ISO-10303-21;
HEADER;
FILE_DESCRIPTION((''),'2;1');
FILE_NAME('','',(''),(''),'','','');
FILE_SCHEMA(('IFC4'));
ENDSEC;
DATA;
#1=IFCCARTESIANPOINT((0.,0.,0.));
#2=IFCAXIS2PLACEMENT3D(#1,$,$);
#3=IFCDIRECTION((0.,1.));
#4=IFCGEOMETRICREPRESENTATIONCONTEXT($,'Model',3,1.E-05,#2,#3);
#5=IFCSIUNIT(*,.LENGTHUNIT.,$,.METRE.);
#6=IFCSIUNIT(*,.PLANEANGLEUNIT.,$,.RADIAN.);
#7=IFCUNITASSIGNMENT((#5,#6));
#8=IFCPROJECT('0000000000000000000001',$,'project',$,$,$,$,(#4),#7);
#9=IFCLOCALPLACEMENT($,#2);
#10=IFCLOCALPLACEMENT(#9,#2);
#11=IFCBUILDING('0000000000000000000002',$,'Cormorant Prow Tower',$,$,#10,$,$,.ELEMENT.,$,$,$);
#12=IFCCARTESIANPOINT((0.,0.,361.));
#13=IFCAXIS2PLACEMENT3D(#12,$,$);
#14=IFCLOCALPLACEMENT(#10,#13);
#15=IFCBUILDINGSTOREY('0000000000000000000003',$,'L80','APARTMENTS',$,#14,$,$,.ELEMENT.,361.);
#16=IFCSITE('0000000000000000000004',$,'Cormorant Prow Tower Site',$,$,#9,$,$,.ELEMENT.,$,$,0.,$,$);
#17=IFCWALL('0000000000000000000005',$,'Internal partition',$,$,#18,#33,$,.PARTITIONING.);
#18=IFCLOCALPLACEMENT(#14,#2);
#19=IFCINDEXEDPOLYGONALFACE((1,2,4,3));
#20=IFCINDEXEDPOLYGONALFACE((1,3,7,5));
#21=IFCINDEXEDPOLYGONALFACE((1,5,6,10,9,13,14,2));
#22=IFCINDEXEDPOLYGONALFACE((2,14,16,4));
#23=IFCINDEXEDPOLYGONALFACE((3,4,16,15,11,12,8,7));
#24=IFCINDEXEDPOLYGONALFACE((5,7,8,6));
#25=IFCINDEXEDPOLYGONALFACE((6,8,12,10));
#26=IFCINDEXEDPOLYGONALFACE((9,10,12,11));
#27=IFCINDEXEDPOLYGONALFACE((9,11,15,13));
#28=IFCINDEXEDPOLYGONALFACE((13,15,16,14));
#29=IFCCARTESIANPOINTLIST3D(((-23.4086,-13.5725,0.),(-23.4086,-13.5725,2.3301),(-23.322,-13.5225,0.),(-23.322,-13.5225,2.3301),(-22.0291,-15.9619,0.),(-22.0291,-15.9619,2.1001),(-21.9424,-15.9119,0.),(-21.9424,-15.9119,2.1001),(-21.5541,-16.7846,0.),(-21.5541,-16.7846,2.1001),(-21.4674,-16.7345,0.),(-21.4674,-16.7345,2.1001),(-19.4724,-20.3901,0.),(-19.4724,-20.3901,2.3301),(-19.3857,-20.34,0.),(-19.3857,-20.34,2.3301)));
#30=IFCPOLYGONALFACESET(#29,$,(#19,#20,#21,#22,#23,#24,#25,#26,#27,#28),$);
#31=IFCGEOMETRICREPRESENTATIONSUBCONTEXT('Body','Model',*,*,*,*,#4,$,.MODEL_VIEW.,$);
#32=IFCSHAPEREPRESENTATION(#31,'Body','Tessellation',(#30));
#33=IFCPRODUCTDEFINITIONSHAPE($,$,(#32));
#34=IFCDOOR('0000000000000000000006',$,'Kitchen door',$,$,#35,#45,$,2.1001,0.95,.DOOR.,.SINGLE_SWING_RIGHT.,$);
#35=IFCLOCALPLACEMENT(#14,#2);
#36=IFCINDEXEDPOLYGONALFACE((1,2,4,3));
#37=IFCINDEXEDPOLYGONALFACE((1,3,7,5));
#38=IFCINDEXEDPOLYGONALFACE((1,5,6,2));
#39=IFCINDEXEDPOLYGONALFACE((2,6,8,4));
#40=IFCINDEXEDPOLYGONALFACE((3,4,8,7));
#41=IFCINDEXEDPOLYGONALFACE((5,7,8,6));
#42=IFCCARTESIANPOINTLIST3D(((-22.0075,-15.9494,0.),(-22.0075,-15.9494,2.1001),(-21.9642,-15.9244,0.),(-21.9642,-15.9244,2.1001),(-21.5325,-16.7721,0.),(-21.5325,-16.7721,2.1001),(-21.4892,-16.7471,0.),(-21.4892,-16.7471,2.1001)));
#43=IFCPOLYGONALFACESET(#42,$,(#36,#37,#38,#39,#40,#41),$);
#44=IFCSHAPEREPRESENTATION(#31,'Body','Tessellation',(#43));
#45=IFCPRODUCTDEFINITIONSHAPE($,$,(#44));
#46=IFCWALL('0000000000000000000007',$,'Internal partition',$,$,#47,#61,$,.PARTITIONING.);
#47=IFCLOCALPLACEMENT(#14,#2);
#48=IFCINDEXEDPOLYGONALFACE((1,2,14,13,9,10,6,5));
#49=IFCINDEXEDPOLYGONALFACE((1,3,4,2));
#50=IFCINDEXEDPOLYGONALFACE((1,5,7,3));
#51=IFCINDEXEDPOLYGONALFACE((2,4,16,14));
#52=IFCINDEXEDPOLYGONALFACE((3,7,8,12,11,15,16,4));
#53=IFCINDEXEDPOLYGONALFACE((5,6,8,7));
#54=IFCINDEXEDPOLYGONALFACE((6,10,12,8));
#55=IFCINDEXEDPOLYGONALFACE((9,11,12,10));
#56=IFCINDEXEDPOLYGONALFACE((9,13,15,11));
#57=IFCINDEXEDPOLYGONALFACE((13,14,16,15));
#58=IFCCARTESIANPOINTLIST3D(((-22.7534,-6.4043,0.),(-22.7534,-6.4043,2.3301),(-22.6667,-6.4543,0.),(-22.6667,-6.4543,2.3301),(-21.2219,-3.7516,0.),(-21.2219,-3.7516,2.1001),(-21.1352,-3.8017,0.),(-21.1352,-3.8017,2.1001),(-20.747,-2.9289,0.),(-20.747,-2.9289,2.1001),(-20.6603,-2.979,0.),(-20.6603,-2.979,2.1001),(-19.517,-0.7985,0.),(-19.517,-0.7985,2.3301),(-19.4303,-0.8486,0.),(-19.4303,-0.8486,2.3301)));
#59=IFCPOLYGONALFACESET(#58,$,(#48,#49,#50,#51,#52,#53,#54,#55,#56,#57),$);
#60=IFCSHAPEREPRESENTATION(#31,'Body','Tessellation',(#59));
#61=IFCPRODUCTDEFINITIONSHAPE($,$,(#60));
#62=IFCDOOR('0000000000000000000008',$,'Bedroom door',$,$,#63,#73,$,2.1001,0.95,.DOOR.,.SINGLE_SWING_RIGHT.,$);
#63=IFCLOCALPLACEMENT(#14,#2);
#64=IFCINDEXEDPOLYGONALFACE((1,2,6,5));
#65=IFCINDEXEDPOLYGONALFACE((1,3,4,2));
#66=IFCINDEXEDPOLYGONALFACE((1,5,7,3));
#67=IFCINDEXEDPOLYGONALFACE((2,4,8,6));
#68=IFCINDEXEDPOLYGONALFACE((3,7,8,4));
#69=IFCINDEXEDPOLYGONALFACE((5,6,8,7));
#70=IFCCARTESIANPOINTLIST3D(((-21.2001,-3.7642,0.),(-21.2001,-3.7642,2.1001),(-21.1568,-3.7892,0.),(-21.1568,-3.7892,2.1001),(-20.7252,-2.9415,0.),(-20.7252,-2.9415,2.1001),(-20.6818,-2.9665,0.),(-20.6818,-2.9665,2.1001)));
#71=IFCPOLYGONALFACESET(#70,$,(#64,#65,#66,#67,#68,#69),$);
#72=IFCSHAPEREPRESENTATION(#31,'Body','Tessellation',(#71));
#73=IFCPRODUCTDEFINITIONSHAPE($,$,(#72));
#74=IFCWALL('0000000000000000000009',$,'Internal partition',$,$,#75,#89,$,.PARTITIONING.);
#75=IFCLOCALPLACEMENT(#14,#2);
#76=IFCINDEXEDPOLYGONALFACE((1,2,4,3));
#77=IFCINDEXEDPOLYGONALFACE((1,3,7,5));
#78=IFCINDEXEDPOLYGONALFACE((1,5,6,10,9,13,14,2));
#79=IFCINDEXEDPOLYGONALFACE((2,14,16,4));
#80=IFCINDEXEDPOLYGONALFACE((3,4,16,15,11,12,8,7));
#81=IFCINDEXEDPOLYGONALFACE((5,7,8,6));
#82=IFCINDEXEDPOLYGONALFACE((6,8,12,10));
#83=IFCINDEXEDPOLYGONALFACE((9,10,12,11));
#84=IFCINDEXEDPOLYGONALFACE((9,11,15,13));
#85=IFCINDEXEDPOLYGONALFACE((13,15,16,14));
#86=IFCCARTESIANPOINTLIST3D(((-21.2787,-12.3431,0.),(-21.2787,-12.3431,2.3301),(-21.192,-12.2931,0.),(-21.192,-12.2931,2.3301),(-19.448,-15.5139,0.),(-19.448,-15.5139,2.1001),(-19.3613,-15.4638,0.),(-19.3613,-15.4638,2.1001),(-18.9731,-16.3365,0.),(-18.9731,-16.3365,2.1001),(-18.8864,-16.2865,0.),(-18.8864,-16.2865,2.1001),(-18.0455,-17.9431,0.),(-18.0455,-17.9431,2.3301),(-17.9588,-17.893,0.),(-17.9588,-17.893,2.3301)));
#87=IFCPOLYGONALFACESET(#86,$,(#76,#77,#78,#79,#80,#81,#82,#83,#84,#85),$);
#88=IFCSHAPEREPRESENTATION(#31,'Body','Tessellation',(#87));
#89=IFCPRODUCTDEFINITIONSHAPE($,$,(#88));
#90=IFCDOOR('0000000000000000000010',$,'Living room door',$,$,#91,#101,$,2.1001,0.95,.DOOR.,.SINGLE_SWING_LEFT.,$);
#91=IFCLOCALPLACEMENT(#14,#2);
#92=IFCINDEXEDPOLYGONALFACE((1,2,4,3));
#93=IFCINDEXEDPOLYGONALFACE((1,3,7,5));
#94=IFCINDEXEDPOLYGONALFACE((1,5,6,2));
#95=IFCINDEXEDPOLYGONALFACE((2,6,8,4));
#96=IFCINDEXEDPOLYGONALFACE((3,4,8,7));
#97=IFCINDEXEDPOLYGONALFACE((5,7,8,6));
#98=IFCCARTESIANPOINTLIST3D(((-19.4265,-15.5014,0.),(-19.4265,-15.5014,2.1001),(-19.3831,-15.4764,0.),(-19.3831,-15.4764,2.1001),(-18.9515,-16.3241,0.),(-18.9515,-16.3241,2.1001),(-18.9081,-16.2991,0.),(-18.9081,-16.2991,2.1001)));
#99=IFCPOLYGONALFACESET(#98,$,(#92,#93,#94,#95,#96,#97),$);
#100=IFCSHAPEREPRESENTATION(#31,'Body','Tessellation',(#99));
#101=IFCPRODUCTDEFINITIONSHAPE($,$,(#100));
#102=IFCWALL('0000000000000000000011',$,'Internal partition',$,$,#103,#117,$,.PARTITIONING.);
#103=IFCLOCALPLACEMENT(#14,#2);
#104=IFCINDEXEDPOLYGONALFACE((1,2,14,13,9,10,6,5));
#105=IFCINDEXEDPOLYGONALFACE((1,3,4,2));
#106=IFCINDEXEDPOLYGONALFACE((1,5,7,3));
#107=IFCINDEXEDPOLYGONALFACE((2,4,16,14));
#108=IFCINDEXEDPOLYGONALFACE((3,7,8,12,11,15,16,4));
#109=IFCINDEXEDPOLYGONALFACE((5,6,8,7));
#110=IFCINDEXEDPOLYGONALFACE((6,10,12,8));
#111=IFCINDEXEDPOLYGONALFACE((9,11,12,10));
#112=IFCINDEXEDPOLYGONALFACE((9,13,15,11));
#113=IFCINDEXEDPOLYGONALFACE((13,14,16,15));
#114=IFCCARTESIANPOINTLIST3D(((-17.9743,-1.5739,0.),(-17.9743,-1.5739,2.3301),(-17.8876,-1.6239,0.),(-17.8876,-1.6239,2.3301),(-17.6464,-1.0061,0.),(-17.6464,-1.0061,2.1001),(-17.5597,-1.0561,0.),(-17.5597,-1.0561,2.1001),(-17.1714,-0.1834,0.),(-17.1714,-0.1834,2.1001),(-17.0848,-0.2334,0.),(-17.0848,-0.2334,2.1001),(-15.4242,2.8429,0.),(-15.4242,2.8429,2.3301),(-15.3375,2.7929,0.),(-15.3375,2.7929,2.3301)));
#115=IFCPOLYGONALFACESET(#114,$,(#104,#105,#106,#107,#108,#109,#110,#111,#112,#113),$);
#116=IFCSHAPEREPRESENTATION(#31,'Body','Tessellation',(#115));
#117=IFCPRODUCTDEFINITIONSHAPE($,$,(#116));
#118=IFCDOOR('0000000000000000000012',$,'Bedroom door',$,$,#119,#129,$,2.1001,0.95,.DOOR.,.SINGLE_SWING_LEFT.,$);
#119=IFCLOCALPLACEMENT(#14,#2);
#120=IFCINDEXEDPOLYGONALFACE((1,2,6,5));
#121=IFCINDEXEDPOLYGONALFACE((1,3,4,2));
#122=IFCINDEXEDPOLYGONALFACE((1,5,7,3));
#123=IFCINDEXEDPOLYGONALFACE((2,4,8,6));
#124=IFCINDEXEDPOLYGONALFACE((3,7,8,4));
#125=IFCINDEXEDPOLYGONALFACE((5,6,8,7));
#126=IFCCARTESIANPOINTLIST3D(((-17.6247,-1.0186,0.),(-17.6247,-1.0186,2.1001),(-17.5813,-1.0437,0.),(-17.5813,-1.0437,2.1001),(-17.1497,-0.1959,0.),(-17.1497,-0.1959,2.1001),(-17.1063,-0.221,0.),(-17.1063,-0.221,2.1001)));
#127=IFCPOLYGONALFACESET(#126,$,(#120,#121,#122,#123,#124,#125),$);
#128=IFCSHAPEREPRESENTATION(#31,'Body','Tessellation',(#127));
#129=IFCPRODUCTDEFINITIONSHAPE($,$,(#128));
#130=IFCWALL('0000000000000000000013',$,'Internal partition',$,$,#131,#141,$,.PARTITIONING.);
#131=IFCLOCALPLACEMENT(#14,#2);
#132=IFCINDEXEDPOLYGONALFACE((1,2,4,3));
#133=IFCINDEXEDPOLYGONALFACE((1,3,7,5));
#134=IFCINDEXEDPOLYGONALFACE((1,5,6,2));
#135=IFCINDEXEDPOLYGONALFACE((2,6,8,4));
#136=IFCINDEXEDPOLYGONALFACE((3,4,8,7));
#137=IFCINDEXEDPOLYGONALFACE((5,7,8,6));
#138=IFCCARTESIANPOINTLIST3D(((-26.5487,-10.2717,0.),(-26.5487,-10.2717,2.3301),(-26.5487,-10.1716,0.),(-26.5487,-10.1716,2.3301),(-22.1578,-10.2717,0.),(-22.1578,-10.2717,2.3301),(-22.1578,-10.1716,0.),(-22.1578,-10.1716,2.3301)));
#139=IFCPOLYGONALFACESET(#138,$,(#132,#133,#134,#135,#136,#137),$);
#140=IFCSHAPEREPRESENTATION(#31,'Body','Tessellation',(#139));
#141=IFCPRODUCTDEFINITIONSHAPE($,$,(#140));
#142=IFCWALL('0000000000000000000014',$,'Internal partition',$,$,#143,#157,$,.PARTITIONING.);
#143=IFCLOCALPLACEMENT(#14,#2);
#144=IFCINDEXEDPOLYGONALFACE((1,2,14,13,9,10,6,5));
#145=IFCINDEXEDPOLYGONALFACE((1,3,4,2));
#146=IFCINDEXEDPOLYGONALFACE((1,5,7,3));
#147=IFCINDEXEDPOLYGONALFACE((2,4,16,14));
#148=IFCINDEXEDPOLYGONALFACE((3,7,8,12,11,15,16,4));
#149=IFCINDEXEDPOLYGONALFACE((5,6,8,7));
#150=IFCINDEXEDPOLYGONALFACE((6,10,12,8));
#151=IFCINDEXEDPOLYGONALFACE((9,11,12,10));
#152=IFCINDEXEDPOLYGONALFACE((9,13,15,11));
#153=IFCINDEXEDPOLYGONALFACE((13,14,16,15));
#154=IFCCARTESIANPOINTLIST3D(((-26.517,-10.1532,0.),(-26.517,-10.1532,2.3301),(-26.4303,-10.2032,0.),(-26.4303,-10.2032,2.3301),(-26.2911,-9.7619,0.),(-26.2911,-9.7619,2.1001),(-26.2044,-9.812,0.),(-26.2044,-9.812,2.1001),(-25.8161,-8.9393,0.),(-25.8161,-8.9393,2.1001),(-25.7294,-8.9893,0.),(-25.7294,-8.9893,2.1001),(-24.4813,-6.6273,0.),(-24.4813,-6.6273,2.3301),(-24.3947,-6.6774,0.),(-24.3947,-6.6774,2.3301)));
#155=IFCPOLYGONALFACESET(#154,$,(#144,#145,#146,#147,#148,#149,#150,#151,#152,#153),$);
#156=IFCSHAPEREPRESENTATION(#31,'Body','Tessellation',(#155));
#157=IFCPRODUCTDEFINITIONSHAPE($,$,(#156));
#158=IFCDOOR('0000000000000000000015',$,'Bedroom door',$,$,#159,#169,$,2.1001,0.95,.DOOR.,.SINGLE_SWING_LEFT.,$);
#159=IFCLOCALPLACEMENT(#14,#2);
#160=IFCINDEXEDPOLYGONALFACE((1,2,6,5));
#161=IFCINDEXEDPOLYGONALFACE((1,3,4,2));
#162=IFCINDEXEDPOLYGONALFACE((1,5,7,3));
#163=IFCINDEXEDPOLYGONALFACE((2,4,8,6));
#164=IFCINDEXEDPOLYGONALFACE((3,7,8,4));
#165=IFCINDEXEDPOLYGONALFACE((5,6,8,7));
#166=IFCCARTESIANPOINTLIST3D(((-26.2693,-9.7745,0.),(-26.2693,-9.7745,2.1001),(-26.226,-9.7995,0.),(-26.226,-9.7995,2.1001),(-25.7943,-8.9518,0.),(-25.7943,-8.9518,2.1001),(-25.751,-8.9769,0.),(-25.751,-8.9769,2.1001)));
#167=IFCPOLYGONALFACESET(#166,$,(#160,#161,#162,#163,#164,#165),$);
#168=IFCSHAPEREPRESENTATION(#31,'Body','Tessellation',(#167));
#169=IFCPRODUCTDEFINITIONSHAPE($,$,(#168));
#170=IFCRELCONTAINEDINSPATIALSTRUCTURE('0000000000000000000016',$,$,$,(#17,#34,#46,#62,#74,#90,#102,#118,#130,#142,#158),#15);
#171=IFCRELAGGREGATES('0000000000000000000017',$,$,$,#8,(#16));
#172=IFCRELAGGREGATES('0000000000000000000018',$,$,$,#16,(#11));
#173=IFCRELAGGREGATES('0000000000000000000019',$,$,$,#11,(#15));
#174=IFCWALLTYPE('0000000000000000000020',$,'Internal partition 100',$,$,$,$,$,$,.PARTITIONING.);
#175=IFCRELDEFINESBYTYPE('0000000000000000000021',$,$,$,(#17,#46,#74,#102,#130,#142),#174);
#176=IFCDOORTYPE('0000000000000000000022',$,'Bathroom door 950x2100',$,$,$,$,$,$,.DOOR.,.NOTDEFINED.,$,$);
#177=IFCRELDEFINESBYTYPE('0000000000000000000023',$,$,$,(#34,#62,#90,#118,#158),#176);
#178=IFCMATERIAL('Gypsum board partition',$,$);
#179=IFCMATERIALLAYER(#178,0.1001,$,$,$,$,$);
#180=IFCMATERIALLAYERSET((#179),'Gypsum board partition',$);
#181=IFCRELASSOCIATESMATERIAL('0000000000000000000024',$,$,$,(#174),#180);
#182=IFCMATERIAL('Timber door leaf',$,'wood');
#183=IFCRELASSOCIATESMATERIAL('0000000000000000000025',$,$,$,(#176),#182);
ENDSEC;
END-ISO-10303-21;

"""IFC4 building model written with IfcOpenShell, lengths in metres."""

from ifc_helpers import new_model, si_unit, direction, frame, frame_2d, origin, place, context, subcontext, project, spatial, rectangle, extrude, material, layer, layer_set, type_object, element, fill, save


model = new_model("IFC4")

# Units and contexts
model_context = context("Model", 3, precision=1e-05, world=origin(), true_north=direction((0.0, 1.0)))
body_context = subcontext(model_context, "Body", "Model", "MODEL_VIEW")
ifc_project = project(units=[si_unit("LENGTHUNIT", "METRE"), si_unit("PLANEANGLEUNIT", "RADIAN")], contexts=[model_context])

# Site, building, storey
site_placement = place(None, origin())
site = spatial("IfcSite", under=ifc_project, at=site_placement, Name="Cormorant Prow Tower Site", CompositionType="ELEMENT", RefElevation=0.0)
building_placement = place(site_placement, origin())
building = spatial("IfcBuilding", under=site, at=building_placement, Name="Cormorant Prow Tower", CompositionType="ELEMENT")
storey_placement = place(building_placement, frame((0.0, 0.0, 361.0)))
storey = spatial("IfcBuildingStorey", under=building, at=storey_placement, Name="L80", Description="APARTMENTS", CompositionType="ELEMENT", Elevation=361.0)

# Walls, openings, doors
ifc_material_1 = material(Name="Gypsum board partition")
ifc_layer_1 = layer(ifc_material_1, 0.1001)
ifc_layer_set_1 = layer_set([ifc_layer_1], Name="Gypsum board partition")
wall_type_1 = type_object("IfcWallType", Name="Internal partition 100", PredefinedType="PARTITIONING", material=ifc_layer_set_1)
ifc_material_2 = material(Name="Timber door leaf", Category="wood")
door_type_1 = type_object("IfcDoorType", Name="Bathroom door 950x2100", OperationType="NOTDEFINED", PredefinedType="DOOR", material=ifc_material_2)
wall_1_placement = place(storey_placement, frame((-23.3652, -13.5476, 0.0), z_axis=(0.0, 0.0, 1.0), x_axis=(0.500011, -0.866019, 0.0)))
wall_1 = element("IfcWall", 1, at=wall_1_placement, inside=storey, type_object=wall_type_1, Name="Internal partition", PredefinedType="PARTITIONING", context=body_context, shape_type="SweptSolid", body=[
    extrude(rectangle(XDim=7.8723, YDim=0.1001, at=frame_2d((3.936, 0.0))), origin(), (0.0, 0.0, 1.0), 2.3301),
])
opening_1_placement = place(wall_1_placement, frame((2.7588, 0.0, 0.0)))
opening_1 = element("IfcOpeningElement", 2, at=opening_1_placement, cuts=wall_1, PredefinedType="OPENING", context=body_context, shape_type="SweptSolid", body=[
    extrude(rectangle(XDim=0.95, YDim=2.1001, at=frame_2d((0.4751, 1.05))), frame((0.0, 0.0601, 0.0), z_axis=(0.0, -1.0, 0.0), x_axis=(1.0, 0.0, 0.0)), (0.0, 0.0, 1.0), 0.1201),
])
door_1_placement = place(opening_1_placement, origin())
door_1 = element("IfcDoor", 3, at=door_1_placement, inside=storey, type_object=door_type_1, Name="Kitchen door", OperationType="SINGLE_SWING_RIGHT", OverallHeight=2.1001, OverallWidth=0.95, PredefinedType="DOOR", context=body_context, shape_type="SweptSolid", body=[
    extrude(rectangle(XDim=0.95, YDim=2.1001, at=frame_2d((0.4751, 1.05))), frame((0.0, 0.0249, 0.0), z_axis=(0.0, -1.0, 0.0), x_axis=(1.0, 0.0, 0.0)), (0.0, 0.0, 1.0), 0.05),
])
fill(opening_1, door_1)
wall_2_placement = place(storey_placement, frame((-22.71, -6.4292, 0.0), z_axis=(0.0, 0.0, 1.0), x_axis=(0.499985, 0.866034, 0.0)))
wall_2 = element("IfcWall", 4, at=wall_2_placement, inside=storey, type_object=wall_type_1, Name="Internal partition", PredefinedType="PARTITIONING", context=body_context, shape_type="SweptSolid", body=[
    extrude(rectangle(XDim=6.4729, YDim=0.1001, at=frame_2d((3.2363, 0.0))), origin(), (0.0, 0.0, 1.0), 2.3301),
])
opening_2_placement = place(wall_2_placement, frame((3.0627, 0.0, 0.0)))
opening_2 = element("IfcOpeningElement", 5, at=opening_2_placement, cuts=wall_2, PredefinedType="OPENING", context=body_context, shape_type="SweptSolid", body=[
    extrude(rectangle(XDim=0.95, YDim=2.1001, at=frame_2d((0.4751, 1.05))), frame((0.0, 0.0601, 0.0), z_axis=(0.0, -1.0, 0.0), x_axis=(1.0, 0.0, 0.0)), (0.0, 0.0, 1.0), 0.1201),
])
door_2_placement = place(opening_2_placement, origin())
door_2 = element("IfcDoor", 6, at=door_2_placement, inside=storey, type_object=door_type_1, Name="Bedroom door", OperationType="SINGLE_SWING_RIGHT", OverallHeight=2.1001, OverallWidth=0.95, PredefinedType="DOOR", context=body_context, shape_type="SweptSolid", body=[
    extrude(rectangle(XDim=0.95, YDim=2.1001, at=frame_2d((0.4751, 1.05))), frame((0.0, 0.0249, 0.0), z_axis=(0.0, -1.0, 0.0), x_axis=(1.0, 0.0, 0.0)), (0.0, 0.0, 1.0), 0.05),
])
fill(opening_2, door_2)
wall_3_placement = place(storey_placement, frame((-21.2354, -12.3181, 0.0), z_axis=(0.0, 0.0, 1.0), x_axis=(0.500009, -0.86602, 0.0)))
wall_3 = element("IfcWall", 7, at=wall_3_placement, inside=storey, type_object=wall_type_1, Name="Internal partition", PredefinedType="PARTITIONING", context=body_context, shape_type="SweptSolid", body=[
    extrude(rectangle(XDim=6.4663, YDim=0.1001, at=frame_2d((3.2332, 0.0))), origin(), (0.0, 0.0, 1.0), 2.3301),
])
opening_3_placement = place(wall_3_placement, frame((3.6611, 0.0, 0.0)))
opening_3 = element("IfcOpeningElement", 8, at=opening_3_placement, cuts=wall_3, PredefinedType="OPENING", context=body_context, shape_type="SweptSolid", body=[
    extrude(rectangle(XDim=0.95, YDim=2.1001, at=frame_2d((0.4751, 1.05))), frame((0.0, 0.0601, 0.0), z_axis=(0.0, -1.0, 0.0), x_axis=(1.0, 0.0, 0.0)), (0.0, 0.0, 1.0), 0.1201),
])
door_3_placement = place(opening_3_placement, origin())
door_3 = element("IfcDoor", 9, at=door_3_placement, inside=storey, type_object=door_type_1, Name="Living room door", OperationType="SINGLE_SWING_LEFT", OverallHeight=2.1001, OverallWidth=0.95, PredefinedType="DOOR", context=body_context, shape_type="SweptSolid", body=[
    extrude(rectangle(XDim=0.95, YDim=2.1001, at=frame_2d((0.4751, 1.05))), frame((0.0, 0.0249, 0.0), z_axis=(0.0, -1.0, 0.0), x_axis=(1.0, 0.0, 0.0)), (0.0, 0.0, 1.0), 0.05),
])
fill(opening_3, door_3)
wall_4_placement = place(storey_placement, frame((-17.9309, -1.5989, 0.0), z_axis=(0.0, 0.0, 1.0), x_axis=(0.500006, 0.866022, 0.0)))
wall_4 = element("IfcWall", 10, at=wall_4_placement, inside=storey, type_object=wall_type_1, Name="Internal partition", PredefinedType="PARTITIONING", context=body_context, shape_type="SweptSolid", body=[
    extrude(rectangle(XDim=5.1001, YDim=0.1001, at=frame_2d((2.55, 0.0))), origin(), (0.0, 0.0, 1.0), 2.3301),
])
opening_4_placement = place(wall_4_placement, frame((0.6555, 0.0, 0.0)))
opening_4 = element("IfcOpeningElement", 11, at=opening_4_placement, cuts=wall_4, PredefinedType="OPENING", context=body_context, shape_type="SweptSolid", body=[
    extrude(rectangle(XDim=0.95, YDim=2.1001, at=frame_2d((0.4751, 1.05))), frame((0.0, 0.0601, 0.0), z_axis=(0.0, -1.0, 0.0), x_axis=(1.0, 0.0, 0.0)), (0.0, 0.0, 1.0), 0.1201),
])
door_4_placement = place(opening_4_placement, origin())
door_4 = element("IfcDoor", 12, at=door_4_placement, inside=storey, type_object=door_type_1, Name="Bedroom door", OperationType="SINGLE_SWING_LEFT", OverallHeight=2.1001, OverallWidth=0.95, PredefinedType="DOOR", context=body_context, shape_type="SweptSolid", body=[
    extrude(rectangle(XDim=0.95, YDim=2.1001, at=frame_2d((0.4751, 1.05))), frame((0.0, 0.0249, 0.0), z_axis=(0.0, -1.0, 0.0), x_axis=(1.0, 0.0, 0.0)), (0.0, 0.0, 1.0), 0.05),
])
fill(opening_4, door_4)

# Wall
wall_5_placement = place(storey_placement, frame((-26.5486, -10.2217, 0.0), z_axis=(0.0, 0.0, 1.0), x_axis=(1.0, 0.0, 0.0)))
element("IfcWall", 13, at=wall_5_placement, inside=storey, type_object=wall_type_1, Name="Internal partition", PredefinedType="PARTITIONING", context=body_context, shape_type="SweptSolid", body=[
    extrude(rectangle(XDim=4.3909, YDim=0.1001, at=frame_2d((2.1953, 0.0))), origin(), (0.0, 0.0, 1.0), 2.3301),
])

# Wall, opening, door
wall_6_placement = place(storey_placement, frame((-26.4736, -10.1782, 0.0), z_axis=(0.0, 0.0, 1.0), x_axis=(0.499996, 0.866028, 0.0)))
wall_6 = element("IfcWall", 14, at=wall_6_placement, inside=storey, type_object=wall_type_1, Name="Internal partition", PredefinedType="PARTITIONING", context=body_context, shape_type="SweptSolid", body=[
    extrude(rectangle(XDim=4.0713, YDim=0.1001, at=frame_2d((2.0356, 0.0))), origin(), (0.0, 0.0, 1.0), 2.3301),
])
opening_5_placement = place(wall_6_placement, frame((0.4517, 0.0, 0.0)))
opening_5 = element("IfcOpeningElement", 15, at=opening_5_placement, cuts=wall_6, PredefinedType="OPENING", context=body_context, shape_type="SweptSolid", body=[
    extrude(rectangle(XDim=0.95, YDim=2.1001, at=frame_2d((0.4751, 1.05))), frame((0.0, 0.0601, 0.0), z_axis=(0.0, -1.0, 0.0), x_axis=(1.0, 0.0, 0.0)), (0.0, 0.0, 1.0), 0.1201),
])
door_5_placement = place(opening_5_placement, origin())
door_5 = element("IfcDoor", 16, at=door_5_placement, inside=storey, type_object=door_type_1, Name="Bedroom door", OperationType="SINGLE_SWING_LEFT", OverallHeight=2.1001, OverallWidth=0.95, PredefinedType="DOOR", context=body_context, shape_type="SweptSolid", body=[
    extrude(rectangle(XDim=0.95, YDim=2.1001, at=frame_2d((0.4751, 1.05))), frame((0.0, 0.0249, 0.0), z_axis=(0.0, -1.0, 0.0), x_axis=(1.0, 0.0, 0.0)), (0.0, 0.0, 1.0), 0.05),
])
fill(opening_5, door_5)

save(model, "model.ifc")
